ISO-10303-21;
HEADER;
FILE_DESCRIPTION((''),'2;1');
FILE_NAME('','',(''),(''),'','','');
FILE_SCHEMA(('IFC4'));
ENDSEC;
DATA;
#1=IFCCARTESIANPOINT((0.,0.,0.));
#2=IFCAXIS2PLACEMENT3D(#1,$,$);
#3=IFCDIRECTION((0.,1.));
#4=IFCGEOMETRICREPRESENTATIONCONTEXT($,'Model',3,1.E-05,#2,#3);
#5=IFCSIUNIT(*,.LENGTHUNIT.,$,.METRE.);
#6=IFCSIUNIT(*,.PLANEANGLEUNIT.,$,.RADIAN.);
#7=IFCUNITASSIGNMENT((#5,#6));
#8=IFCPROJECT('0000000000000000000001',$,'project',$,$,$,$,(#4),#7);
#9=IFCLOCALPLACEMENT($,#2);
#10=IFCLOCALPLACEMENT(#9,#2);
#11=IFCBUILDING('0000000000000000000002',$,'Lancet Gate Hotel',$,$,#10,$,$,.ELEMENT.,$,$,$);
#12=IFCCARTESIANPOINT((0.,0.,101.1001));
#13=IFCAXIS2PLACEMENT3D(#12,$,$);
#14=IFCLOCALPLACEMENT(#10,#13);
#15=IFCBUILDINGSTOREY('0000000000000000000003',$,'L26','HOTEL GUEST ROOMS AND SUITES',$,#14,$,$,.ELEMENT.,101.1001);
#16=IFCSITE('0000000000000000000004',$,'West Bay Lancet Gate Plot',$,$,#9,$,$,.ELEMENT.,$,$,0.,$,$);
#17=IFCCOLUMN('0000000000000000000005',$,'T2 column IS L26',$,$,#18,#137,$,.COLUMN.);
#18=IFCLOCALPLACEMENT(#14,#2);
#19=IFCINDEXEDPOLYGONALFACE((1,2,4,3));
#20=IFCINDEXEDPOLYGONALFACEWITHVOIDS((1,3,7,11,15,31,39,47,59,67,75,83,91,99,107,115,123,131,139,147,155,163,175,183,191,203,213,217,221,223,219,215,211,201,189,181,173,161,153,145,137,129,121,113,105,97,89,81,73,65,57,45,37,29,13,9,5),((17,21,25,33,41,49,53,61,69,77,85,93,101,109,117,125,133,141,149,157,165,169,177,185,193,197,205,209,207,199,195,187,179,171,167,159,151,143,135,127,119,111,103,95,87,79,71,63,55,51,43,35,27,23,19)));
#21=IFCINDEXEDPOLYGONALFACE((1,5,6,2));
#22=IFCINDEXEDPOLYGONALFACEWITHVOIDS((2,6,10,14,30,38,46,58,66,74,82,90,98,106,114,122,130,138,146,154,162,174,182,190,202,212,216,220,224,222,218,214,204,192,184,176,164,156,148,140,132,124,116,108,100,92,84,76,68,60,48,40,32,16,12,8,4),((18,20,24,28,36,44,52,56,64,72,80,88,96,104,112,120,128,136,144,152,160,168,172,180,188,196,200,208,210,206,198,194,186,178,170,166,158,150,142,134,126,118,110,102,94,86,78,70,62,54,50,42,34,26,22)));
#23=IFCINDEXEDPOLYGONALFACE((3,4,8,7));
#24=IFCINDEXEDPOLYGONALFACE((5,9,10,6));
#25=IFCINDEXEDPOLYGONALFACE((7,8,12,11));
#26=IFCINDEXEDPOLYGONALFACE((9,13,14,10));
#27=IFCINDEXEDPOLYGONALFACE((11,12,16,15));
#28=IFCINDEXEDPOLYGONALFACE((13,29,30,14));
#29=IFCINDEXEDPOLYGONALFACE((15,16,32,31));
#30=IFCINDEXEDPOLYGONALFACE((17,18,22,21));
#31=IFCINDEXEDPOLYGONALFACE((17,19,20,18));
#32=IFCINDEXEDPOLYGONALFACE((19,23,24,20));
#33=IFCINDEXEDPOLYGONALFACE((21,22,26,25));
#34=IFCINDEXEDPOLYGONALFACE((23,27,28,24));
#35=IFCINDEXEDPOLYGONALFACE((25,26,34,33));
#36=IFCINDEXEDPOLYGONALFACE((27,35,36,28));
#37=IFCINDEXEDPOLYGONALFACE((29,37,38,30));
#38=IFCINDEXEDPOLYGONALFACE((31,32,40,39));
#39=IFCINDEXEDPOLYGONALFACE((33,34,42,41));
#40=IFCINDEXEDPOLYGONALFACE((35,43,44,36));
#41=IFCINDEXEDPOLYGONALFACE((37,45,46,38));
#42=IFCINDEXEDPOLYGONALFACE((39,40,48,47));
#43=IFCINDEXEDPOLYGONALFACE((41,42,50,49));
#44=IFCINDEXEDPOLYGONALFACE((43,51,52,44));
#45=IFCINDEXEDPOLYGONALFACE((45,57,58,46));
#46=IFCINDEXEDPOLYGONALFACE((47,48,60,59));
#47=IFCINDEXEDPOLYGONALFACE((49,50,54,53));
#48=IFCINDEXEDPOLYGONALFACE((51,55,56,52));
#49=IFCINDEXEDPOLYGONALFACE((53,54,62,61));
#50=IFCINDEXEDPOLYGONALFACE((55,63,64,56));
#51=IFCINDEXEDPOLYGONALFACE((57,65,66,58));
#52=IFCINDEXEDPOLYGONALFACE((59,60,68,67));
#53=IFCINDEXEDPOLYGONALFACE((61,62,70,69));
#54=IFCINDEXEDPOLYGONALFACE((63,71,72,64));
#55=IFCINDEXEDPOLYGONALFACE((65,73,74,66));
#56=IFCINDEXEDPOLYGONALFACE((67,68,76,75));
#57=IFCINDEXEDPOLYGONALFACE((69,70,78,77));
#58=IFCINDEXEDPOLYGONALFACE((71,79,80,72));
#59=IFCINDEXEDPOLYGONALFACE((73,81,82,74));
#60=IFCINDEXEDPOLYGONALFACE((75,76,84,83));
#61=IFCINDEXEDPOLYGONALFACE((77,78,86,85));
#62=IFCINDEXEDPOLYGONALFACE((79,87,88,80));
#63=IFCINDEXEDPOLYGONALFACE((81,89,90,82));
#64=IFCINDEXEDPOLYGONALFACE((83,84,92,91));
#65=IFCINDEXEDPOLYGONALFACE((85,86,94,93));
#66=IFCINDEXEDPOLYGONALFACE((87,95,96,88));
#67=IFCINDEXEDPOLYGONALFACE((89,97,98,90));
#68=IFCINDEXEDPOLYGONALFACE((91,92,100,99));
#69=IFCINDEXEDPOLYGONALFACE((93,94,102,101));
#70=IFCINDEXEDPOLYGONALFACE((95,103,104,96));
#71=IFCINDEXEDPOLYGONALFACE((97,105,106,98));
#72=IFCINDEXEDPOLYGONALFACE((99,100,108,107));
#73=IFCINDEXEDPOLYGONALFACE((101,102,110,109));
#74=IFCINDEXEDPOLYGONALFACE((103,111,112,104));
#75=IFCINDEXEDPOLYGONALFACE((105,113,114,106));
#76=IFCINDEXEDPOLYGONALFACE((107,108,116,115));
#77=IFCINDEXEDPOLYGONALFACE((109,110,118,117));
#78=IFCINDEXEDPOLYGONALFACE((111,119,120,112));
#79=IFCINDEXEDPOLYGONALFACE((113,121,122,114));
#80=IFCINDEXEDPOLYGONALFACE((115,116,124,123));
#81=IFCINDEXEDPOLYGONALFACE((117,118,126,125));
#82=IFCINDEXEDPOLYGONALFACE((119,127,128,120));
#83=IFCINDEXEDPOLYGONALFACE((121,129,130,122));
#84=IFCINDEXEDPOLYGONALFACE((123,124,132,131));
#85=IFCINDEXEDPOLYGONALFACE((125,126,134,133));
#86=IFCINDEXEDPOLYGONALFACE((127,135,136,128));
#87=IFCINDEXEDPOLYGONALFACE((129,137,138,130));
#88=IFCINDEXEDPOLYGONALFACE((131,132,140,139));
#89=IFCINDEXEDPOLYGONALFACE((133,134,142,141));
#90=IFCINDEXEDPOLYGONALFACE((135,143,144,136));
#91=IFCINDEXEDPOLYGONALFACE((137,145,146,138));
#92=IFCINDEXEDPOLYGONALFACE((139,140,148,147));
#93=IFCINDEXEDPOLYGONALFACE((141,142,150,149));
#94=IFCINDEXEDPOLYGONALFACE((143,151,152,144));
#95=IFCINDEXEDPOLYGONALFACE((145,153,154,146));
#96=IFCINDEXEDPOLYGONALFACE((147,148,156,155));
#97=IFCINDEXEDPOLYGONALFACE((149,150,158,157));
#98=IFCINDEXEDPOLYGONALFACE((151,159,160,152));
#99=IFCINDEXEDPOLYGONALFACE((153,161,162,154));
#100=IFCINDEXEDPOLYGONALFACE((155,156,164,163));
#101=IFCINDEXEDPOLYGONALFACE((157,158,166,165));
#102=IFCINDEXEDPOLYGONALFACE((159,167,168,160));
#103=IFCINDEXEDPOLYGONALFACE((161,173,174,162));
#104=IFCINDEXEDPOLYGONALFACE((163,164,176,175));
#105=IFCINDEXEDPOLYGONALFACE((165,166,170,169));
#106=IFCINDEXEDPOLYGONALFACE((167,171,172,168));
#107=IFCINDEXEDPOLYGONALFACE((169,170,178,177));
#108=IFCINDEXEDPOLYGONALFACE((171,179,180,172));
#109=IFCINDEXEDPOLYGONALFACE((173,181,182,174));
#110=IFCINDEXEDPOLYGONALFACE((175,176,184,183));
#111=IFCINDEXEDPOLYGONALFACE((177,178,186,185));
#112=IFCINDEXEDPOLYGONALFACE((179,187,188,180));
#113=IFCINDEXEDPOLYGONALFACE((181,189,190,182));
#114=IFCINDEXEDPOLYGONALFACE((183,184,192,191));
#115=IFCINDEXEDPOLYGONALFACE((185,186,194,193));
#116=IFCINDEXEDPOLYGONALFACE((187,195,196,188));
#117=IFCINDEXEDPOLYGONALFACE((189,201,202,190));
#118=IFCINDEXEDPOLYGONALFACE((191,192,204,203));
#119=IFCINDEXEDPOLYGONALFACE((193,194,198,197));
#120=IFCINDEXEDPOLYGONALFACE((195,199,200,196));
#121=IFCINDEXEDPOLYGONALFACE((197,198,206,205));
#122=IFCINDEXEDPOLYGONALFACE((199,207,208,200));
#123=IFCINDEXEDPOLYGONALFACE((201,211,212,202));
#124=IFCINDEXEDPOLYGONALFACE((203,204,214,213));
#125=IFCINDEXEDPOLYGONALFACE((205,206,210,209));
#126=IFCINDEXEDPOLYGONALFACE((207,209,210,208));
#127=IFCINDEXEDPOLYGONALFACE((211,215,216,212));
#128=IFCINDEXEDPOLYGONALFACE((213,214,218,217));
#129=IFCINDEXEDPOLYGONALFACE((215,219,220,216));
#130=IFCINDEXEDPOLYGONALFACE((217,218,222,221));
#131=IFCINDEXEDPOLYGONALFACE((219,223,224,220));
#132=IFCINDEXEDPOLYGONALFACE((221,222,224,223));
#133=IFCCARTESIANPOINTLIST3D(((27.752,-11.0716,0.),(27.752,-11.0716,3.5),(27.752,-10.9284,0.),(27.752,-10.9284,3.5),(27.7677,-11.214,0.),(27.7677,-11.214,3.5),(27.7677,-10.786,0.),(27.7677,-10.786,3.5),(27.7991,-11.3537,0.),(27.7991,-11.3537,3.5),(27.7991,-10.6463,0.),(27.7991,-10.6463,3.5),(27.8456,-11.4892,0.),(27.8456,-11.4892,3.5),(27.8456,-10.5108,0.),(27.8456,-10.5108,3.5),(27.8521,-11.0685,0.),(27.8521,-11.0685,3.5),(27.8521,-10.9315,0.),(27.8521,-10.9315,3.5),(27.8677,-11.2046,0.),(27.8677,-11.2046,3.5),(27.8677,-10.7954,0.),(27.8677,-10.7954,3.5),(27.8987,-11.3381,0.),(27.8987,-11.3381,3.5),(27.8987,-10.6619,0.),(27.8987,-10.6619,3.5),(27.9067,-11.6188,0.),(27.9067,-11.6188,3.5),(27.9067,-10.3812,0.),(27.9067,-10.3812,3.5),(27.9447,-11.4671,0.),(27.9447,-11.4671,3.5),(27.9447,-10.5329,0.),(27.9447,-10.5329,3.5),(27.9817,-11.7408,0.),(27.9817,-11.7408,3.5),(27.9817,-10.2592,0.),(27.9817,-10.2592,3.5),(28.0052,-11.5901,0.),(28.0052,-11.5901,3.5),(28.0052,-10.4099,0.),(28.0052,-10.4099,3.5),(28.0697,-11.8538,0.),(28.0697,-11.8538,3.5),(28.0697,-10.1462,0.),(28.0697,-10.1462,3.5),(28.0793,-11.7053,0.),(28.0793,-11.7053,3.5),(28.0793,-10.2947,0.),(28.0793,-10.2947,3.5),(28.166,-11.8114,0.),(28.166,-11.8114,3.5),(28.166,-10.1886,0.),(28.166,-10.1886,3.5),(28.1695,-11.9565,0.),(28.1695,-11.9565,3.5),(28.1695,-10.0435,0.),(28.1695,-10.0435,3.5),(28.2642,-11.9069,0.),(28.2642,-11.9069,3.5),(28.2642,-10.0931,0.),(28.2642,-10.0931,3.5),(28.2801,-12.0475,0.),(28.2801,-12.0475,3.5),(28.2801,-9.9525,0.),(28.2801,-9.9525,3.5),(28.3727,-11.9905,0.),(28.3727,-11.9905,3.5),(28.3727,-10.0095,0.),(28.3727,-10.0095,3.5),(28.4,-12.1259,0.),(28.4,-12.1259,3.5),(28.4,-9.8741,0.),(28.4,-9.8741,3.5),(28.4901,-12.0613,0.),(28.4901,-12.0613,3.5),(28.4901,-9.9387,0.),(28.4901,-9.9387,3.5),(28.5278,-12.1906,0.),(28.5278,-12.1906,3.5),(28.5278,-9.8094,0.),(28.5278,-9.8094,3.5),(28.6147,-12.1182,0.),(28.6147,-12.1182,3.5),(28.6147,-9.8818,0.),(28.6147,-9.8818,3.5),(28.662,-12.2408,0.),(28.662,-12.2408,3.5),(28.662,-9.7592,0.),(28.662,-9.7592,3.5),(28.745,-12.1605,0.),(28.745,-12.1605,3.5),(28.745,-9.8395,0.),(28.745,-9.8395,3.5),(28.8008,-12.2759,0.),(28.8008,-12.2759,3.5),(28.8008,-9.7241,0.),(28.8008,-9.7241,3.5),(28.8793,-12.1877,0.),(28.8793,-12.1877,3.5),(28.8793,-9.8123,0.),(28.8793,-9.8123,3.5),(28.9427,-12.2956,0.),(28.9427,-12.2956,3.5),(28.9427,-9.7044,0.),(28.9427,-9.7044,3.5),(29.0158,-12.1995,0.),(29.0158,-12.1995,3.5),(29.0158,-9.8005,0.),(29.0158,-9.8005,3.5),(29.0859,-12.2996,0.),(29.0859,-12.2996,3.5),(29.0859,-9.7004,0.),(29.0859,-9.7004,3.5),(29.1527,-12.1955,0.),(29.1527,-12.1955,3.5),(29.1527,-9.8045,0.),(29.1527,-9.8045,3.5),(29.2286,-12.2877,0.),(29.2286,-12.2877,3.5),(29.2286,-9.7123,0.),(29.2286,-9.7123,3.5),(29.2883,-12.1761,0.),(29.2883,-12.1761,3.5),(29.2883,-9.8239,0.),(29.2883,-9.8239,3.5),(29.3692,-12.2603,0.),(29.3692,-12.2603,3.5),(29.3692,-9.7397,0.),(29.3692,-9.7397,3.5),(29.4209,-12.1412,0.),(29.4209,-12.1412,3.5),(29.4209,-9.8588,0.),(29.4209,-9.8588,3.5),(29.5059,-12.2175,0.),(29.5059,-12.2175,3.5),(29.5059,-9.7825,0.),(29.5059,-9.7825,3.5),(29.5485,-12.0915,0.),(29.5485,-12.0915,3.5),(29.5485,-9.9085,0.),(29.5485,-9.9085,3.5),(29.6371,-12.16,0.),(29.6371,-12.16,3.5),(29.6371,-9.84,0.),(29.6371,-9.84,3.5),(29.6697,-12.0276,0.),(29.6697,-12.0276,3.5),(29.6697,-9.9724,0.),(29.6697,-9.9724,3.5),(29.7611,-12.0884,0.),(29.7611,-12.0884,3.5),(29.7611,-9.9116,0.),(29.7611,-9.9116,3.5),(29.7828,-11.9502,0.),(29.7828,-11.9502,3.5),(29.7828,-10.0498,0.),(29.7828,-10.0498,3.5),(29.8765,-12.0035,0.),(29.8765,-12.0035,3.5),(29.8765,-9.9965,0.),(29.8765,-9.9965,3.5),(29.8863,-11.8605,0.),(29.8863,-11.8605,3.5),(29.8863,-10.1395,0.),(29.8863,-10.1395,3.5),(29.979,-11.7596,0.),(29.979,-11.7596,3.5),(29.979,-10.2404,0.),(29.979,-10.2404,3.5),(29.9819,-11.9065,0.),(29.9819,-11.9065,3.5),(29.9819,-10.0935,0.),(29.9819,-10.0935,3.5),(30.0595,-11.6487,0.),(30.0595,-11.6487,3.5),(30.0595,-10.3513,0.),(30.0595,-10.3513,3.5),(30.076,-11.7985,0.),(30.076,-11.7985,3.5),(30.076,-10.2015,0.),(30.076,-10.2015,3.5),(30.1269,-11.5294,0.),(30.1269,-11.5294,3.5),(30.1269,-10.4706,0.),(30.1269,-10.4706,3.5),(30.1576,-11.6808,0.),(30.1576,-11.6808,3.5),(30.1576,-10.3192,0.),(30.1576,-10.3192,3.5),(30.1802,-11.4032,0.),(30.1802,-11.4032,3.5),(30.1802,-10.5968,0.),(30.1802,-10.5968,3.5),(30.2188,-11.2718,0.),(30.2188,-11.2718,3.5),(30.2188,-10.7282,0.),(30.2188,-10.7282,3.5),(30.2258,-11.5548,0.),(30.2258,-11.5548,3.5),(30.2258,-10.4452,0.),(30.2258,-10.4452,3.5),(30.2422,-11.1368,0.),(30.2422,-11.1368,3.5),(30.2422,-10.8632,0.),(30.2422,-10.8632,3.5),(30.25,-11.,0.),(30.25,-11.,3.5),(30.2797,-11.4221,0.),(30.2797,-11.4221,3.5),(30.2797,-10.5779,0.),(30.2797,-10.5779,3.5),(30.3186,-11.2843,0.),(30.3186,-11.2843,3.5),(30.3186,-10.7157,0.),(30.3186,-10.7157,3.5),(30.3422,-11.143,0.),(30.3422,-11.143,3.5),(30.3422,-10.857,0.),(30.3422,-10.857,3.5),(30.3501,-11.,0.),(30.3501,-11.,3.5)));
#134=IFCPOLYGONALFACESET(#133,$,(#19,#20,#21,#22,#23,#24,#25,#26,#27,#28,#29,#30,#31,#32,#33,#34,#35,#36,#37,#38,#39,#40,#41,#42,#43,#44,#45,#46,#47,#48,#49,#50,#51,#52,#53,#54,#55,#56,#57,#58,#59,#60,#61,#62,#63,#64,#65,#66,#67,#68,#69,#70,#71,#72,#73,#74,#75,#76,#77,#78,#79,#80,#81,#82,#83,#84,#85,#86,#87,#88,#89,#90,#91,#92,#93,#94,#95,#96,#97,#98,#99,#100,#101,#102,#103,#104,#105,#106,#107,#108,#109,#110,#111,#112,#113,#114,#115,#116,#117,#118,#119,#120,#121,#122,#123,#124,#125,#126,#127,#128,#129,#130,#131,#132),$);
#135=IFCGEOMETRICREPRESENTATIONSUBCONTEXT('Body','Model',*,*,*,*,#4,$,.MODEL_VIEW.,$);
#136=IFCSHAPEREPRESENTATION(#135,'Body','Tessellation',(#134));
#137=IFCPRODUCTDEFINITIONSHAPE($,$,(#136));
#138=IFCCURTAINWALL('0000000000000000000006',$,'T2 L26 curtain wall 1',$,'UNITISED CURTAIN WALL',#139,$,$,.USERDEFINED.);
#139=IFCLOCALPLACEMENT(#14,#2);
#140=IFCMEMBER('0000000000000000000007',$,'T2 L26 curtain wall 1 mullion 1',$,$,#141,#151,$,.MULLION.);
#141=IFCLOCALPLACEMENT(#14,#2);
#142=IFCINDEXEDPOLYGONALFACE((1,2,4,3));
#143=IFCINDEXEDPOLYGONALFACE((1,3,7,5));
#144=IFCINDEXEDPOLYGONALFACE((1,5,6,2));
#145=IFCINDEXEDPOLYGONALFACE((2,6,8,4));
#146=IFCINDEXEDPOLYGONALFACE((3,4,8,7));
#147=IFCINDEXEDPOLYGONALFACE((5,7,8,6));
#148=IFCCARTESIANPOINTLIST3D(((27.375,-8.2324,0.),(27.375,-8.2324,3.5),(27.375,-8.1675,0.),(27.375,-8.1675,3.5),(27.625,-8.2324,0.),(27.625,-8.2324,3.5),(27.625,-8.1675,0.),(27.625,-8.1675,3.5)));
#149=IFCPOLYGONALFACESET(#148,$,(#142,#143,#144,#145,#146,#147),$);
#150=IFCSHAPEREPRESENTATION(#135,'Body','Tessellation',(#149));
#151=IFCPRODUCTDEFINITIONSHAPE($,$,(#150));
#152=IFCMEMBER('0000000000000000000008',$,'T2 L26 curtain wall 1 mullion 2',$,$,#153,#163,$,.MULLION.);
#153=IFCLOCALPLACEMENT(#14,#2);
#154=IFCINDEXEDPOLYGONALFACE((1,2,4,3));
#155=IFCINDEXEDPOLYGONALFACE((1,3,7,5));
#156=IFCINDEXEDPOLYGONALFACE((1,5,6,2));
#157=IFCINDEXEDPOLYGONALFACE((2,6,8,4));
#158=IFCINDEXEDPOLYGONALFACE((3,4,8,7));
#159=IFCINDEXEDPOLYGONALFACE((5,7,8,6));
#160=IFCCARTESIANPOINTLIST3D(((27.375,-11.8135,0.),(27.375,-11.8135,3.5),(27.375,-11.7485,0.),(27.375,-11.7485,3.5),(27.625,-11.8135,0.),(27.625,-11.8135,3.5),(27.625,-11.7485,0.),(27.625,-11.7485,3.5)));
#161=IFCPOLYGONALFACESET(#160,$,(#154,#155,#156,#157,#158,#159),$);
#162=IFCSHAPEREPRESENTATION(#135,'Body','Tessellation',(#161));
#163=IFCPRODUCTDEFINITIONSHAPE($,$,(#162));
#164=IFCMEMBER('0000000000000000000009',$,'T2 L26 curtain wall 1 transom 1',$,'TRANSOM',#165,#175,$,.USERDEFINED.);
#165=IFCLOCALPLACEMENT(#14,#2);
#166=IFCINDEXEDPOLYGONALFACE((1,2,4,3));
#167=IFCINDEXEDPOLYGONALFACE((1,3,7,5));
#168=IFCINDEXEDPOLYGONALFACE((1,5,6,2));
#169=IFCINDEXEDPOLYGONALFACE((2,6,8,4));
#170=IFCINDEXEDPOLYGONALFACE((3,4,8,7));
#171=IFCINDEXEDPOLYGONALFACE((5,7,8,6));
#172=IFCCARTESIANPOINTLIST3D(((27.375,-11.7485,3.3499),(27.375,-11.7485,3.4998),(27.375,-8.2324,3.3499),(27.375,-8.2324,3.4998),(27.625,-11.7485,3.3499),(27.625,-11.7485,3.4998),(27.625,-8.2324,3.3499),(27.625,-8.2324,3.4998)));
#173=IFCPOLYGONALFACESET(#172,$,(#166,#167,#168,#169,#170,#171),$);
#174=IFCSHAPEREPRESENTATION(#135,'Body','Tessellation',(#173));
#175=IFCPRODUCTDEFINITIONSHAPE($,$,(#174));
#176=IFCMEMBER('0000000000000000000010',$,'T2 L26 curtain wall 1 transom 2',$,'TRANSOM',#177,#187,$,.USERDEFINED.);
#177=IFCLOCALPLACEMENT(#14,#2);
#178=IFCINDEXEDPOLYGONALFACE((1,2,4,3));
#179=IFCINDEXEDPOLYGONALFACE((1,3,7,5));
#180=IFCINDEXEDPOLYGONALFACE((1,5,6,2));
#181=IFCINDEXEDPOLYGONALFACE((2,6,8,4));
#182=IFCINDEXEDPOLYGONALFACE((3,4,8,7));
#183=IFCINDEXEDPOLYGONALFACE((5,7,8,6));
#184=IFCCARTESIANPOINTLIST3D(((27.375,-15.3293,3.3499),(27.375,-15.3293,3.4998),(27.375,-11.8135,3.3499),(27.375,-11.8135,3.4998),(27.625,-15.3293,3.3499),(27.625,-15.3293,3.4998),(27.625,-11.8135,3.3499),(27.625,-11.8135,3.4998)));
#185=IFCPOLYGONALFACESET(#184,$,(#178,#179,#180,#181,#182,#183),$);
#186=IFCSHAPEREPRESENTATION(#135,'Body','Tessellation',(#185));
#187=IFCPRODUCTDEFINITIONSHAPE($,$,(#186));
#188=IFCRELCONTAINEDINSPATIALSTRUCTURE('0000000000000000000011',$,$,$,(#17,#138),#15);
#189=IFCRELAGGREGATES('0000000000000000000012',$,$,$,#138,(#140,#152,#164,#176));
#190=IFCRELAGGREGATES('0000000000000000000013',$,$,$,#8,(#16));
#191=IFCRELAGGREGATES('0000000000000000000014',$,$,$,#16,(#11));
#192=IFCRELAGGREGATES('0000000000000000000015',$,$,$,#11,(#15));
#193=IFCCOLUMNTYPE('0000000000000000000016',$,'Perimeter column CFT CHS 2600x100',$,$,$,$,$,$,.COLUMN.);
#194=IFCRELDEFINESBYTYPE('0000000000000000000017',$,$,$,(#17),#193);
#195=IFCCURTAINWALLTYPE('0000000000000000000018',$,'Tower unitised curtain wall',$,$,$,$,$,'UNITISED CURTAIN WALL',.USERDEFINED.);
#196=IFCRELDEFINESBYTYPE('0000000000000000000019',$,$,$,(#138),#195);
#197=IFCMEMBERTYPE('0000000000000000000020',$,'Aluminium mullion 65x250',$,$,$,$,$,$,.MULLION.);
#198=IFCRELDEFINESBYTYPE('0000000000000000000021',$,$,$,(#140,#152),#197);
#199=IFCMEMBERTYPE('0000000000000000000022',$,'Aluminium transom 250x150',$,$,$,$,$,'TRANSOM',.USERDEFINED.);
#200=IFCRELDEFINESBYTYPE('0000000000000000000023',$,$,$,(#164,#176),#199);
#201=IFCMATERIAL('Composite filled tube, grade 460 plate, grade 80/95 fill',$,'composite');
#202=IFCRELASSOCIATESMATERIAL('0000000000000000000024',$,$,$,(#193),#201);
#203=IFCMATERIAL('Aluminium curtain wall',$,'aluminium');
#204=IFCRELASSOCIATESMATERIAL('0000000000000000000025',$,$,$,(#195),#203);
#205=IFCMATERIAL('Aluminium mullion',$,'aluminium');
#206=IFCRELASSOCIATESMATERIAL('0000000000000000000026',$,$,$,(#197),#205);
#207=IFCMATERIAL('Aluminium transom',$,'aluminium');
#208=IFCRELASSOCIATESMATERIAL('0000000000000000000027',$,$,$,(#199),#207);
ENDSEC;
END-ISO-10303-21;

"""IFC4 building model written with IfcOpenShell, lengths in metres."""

from ifc_helpers import new_model, si_unit, direction, frame, origin, origin_2d, place, context, subcontext, project, spatial, rectangle, hollow_circle, extrude, material, material_profile, profile_set, type_object, element, aggregate, save


model = new_model("IFC4")

# Units and contexts
model_context = context("Model", 3, precision=1e-05, world=origin(), true_north=direction((0.0, 1.0)))
body_context = subcontext(model_context, "Body", "Model", "MODEL_VIEW")
ifc_project = project(units=[si_unit("LENGTHUNIT", "METRE"), si_unit("PLANEANGLEUNIT", "RADIAN")], contexts=[model_context])

# Site, building, storey
site_placement = place(None, origin())
site = spatial("IfcSite", under=ifc_project, at=site_placement, Name="West Bay Lancet Gate Plot", CompositionType="ELEMENT", RefElevation=0.0)
building_placement = place(site_placement, origin())
building = spatial("IfcBuilding", under=site, at=building_placement, Name="Lancet Gate Hotel", CompositionType="ELEMENT")
storey_placement = place(building_placement, frame((0.0, 0.0, 101.1001)))
storey = spatial("IfcBuildingStorey", under=building, at=storey_placement, Name="L26", Description="HOTEL GUEST ROOMS AND SUITES", CompositionType="ELEMENT", Elevation=101.1001)

# Column
ifc_material_1 = material(Name="Composite filled tube, grade 460 plate, grade 80/95 fill", Category="composite")
ifc_material_profile_1 = material_profile(ifc_material_1, hollow_circle(Radius=1.3, WallThickness=0.1001, at=origin_2d()), Name="CHS 2600x100")
ifc_profile_set_1 = profile_set([ifc_material_profile_1], Name="Composite filled tube, grade 460 plate, grade 80/95 fill")
column_type = type_object("IfcColumnType", Name="Perimeter column CFT CHS 2600x100", PredefinedType="COLUMN", material=ifc_profile_set_1)
column_placement = place(storey_placement, frame((29.05, -11.0, 0.0), z_axis=(0.0, 0.0, 1.0), x_axis=(1.0, 0.0, 0.0)))
element("IfcColumn", 1, at=column_placement, inside=storey, type_object=column_type, Name="T2 column IS L26", PredefinedType="COLUMN", context=body_context, shape_type="SweptSolid", body=[
    extrude(hollow_circle(Radius=1.3, WallThickness=0.1001, at=origin_2d()), origin(), (0.0, 0.0, 1.0), 3.5),
])

# Curtain wall, members
ifc_material_2 = material(Name="Aluminium curtain wall", Category="aluminium")
curtain_wall_type = type_object("IfcCurtainWallType", Name="Tower unitised curtain wall", ElementType="UNITISED CURTAIN WALL", PredefinedType="USERDEFINED", material=ifc_material_2)
curtain_wall_placement = place(storey_placement, origin())
curtain_wall = element("IfcCurtainWall", 2, at=curtain_wall_placement, inside=storey, type_object=curtain_wall_type, Name="T2 L26 curtain wall 1", ObjectType="UNITISED CURTAIN WALL", PredefinedType="USERDEFINED")
ifc_material_3 = material(Name="Aluminium mullion", Category="aluminium")
ifc_material_profile_2 = material_profile(ifc_material_3, rectangle(XDim=0.0649, YDim=0.25, at=origin_2d()), Name="MULLION 65x250")
ifc_profile_set_2 = profile_set([ifc_material_profile_2], Name="Aluminium mullion")
member_type_1 = type_object("IfcMemberType", Name="Aluminium mullion 65x250", PredefinedType="MULLION", material=ifc_profile_set_2)
member_1_placement = place(storey_placement, frame((27.5, -8.2, 0.0), z_axis=(0.0, 0.0, 1.0), x_axis=(0.0, -1.0, 0.0)))
member_1 = element("IfcMember", 3, at=member_1_placement, type_object=member_type_1, Name="T2 L26 curtain wall 1 mullion 1", PredefinedType="MULLION", context=body_context, shape_type="SweptSolid", body=[
    extrude(rectangle(XDim=0.0649, YDim=0.25, at=origin_2d()), origin(), (0.0, 0.0, 1.0), 3.5),
])
member_2_placement = place(storey_placement, frame((27.5, -11.781, 0.0), z_axis=(0.0, 0.0, 1.0), x_axis=(0.0, -1.0, 0.0)))
member_2 = element("IfcMember", 4, at=member_2_placement, type_object=member_type_1, Name="T2 L26 curtain wall 1 mullion 2", PredefinedType="MULLION", context=body_context, shape_type="SweptSolid", body=[
    extrude(rectangle(XDim=0.0649, YDim=0.25, at=origin_2d()), origin(), (0.0, 0.0, 1.0), 3.5),
])
ifc_material_4 = material(Name="Aluminium transom", Category="aluminium")
ifc_material_profile_3 = material_profile(ifc_material_4, rectangle(XDim=0.25, YDim=0.1499, at=origin_2d()), Name="TRANSOM 250x150")
ifc_profile_set_3 = profile_set([ifc_material_profile_3], Name="Aluminium transom")
member_type_2 = type_object("IfcMemberType", Name="Aluminium transom 250x150", ElementType="TRANSOM", PredefinedType="USERDEFINED", material=ifc_profile_set_3)
member_3_placement = place(storey_placement, frame((27.5, -8.2324, 3.4248), z_axis=(0.0, -1.0, 0.0), x_axis=(1.0, 0.0, 0.0)))
member_3 = element("IfcMember", 5, at=member_3_placement, type_object=member_type_2, Name="T2 L26 curtain wall 1 transom 1", ObjectType="TRANSOM", PredefinedType="USERDEFINED", context=body_context, shape_type="SweptSolid", body=[
    extrude(rectangle(XDim=0.25, YDim=0.1499, at=origin_2d()), origin(), (0.0, 0.0, 1.0), 3.5161),
])
member_4_placement = place(storey_placement, frame((27.5, -11.8135, 3.4248), z_axis=(0.0, -1.0, 0.0), x_axis=(1.0, 0.0, 0.0)))
member_4 = element("IfcMember", 6, at=member_4_placement, type_object=member_type_2, Name="T2 L26 curtain wall 1 transom 2", ObjectType="TRANSOM", PredefinedType="USERDEFINED", context=body_context, shape_type="SweptSolid", body=[
    extrude(rectangle(XDim=0.25, YDim=0.1499, at=origin_2d()), origin(), (0.0, 0.0, 1.0), 3.5159),
])

aggregate(curtain_wall, [member_1, member_2, member_3, member_4])

save(model, "model.ifc")
